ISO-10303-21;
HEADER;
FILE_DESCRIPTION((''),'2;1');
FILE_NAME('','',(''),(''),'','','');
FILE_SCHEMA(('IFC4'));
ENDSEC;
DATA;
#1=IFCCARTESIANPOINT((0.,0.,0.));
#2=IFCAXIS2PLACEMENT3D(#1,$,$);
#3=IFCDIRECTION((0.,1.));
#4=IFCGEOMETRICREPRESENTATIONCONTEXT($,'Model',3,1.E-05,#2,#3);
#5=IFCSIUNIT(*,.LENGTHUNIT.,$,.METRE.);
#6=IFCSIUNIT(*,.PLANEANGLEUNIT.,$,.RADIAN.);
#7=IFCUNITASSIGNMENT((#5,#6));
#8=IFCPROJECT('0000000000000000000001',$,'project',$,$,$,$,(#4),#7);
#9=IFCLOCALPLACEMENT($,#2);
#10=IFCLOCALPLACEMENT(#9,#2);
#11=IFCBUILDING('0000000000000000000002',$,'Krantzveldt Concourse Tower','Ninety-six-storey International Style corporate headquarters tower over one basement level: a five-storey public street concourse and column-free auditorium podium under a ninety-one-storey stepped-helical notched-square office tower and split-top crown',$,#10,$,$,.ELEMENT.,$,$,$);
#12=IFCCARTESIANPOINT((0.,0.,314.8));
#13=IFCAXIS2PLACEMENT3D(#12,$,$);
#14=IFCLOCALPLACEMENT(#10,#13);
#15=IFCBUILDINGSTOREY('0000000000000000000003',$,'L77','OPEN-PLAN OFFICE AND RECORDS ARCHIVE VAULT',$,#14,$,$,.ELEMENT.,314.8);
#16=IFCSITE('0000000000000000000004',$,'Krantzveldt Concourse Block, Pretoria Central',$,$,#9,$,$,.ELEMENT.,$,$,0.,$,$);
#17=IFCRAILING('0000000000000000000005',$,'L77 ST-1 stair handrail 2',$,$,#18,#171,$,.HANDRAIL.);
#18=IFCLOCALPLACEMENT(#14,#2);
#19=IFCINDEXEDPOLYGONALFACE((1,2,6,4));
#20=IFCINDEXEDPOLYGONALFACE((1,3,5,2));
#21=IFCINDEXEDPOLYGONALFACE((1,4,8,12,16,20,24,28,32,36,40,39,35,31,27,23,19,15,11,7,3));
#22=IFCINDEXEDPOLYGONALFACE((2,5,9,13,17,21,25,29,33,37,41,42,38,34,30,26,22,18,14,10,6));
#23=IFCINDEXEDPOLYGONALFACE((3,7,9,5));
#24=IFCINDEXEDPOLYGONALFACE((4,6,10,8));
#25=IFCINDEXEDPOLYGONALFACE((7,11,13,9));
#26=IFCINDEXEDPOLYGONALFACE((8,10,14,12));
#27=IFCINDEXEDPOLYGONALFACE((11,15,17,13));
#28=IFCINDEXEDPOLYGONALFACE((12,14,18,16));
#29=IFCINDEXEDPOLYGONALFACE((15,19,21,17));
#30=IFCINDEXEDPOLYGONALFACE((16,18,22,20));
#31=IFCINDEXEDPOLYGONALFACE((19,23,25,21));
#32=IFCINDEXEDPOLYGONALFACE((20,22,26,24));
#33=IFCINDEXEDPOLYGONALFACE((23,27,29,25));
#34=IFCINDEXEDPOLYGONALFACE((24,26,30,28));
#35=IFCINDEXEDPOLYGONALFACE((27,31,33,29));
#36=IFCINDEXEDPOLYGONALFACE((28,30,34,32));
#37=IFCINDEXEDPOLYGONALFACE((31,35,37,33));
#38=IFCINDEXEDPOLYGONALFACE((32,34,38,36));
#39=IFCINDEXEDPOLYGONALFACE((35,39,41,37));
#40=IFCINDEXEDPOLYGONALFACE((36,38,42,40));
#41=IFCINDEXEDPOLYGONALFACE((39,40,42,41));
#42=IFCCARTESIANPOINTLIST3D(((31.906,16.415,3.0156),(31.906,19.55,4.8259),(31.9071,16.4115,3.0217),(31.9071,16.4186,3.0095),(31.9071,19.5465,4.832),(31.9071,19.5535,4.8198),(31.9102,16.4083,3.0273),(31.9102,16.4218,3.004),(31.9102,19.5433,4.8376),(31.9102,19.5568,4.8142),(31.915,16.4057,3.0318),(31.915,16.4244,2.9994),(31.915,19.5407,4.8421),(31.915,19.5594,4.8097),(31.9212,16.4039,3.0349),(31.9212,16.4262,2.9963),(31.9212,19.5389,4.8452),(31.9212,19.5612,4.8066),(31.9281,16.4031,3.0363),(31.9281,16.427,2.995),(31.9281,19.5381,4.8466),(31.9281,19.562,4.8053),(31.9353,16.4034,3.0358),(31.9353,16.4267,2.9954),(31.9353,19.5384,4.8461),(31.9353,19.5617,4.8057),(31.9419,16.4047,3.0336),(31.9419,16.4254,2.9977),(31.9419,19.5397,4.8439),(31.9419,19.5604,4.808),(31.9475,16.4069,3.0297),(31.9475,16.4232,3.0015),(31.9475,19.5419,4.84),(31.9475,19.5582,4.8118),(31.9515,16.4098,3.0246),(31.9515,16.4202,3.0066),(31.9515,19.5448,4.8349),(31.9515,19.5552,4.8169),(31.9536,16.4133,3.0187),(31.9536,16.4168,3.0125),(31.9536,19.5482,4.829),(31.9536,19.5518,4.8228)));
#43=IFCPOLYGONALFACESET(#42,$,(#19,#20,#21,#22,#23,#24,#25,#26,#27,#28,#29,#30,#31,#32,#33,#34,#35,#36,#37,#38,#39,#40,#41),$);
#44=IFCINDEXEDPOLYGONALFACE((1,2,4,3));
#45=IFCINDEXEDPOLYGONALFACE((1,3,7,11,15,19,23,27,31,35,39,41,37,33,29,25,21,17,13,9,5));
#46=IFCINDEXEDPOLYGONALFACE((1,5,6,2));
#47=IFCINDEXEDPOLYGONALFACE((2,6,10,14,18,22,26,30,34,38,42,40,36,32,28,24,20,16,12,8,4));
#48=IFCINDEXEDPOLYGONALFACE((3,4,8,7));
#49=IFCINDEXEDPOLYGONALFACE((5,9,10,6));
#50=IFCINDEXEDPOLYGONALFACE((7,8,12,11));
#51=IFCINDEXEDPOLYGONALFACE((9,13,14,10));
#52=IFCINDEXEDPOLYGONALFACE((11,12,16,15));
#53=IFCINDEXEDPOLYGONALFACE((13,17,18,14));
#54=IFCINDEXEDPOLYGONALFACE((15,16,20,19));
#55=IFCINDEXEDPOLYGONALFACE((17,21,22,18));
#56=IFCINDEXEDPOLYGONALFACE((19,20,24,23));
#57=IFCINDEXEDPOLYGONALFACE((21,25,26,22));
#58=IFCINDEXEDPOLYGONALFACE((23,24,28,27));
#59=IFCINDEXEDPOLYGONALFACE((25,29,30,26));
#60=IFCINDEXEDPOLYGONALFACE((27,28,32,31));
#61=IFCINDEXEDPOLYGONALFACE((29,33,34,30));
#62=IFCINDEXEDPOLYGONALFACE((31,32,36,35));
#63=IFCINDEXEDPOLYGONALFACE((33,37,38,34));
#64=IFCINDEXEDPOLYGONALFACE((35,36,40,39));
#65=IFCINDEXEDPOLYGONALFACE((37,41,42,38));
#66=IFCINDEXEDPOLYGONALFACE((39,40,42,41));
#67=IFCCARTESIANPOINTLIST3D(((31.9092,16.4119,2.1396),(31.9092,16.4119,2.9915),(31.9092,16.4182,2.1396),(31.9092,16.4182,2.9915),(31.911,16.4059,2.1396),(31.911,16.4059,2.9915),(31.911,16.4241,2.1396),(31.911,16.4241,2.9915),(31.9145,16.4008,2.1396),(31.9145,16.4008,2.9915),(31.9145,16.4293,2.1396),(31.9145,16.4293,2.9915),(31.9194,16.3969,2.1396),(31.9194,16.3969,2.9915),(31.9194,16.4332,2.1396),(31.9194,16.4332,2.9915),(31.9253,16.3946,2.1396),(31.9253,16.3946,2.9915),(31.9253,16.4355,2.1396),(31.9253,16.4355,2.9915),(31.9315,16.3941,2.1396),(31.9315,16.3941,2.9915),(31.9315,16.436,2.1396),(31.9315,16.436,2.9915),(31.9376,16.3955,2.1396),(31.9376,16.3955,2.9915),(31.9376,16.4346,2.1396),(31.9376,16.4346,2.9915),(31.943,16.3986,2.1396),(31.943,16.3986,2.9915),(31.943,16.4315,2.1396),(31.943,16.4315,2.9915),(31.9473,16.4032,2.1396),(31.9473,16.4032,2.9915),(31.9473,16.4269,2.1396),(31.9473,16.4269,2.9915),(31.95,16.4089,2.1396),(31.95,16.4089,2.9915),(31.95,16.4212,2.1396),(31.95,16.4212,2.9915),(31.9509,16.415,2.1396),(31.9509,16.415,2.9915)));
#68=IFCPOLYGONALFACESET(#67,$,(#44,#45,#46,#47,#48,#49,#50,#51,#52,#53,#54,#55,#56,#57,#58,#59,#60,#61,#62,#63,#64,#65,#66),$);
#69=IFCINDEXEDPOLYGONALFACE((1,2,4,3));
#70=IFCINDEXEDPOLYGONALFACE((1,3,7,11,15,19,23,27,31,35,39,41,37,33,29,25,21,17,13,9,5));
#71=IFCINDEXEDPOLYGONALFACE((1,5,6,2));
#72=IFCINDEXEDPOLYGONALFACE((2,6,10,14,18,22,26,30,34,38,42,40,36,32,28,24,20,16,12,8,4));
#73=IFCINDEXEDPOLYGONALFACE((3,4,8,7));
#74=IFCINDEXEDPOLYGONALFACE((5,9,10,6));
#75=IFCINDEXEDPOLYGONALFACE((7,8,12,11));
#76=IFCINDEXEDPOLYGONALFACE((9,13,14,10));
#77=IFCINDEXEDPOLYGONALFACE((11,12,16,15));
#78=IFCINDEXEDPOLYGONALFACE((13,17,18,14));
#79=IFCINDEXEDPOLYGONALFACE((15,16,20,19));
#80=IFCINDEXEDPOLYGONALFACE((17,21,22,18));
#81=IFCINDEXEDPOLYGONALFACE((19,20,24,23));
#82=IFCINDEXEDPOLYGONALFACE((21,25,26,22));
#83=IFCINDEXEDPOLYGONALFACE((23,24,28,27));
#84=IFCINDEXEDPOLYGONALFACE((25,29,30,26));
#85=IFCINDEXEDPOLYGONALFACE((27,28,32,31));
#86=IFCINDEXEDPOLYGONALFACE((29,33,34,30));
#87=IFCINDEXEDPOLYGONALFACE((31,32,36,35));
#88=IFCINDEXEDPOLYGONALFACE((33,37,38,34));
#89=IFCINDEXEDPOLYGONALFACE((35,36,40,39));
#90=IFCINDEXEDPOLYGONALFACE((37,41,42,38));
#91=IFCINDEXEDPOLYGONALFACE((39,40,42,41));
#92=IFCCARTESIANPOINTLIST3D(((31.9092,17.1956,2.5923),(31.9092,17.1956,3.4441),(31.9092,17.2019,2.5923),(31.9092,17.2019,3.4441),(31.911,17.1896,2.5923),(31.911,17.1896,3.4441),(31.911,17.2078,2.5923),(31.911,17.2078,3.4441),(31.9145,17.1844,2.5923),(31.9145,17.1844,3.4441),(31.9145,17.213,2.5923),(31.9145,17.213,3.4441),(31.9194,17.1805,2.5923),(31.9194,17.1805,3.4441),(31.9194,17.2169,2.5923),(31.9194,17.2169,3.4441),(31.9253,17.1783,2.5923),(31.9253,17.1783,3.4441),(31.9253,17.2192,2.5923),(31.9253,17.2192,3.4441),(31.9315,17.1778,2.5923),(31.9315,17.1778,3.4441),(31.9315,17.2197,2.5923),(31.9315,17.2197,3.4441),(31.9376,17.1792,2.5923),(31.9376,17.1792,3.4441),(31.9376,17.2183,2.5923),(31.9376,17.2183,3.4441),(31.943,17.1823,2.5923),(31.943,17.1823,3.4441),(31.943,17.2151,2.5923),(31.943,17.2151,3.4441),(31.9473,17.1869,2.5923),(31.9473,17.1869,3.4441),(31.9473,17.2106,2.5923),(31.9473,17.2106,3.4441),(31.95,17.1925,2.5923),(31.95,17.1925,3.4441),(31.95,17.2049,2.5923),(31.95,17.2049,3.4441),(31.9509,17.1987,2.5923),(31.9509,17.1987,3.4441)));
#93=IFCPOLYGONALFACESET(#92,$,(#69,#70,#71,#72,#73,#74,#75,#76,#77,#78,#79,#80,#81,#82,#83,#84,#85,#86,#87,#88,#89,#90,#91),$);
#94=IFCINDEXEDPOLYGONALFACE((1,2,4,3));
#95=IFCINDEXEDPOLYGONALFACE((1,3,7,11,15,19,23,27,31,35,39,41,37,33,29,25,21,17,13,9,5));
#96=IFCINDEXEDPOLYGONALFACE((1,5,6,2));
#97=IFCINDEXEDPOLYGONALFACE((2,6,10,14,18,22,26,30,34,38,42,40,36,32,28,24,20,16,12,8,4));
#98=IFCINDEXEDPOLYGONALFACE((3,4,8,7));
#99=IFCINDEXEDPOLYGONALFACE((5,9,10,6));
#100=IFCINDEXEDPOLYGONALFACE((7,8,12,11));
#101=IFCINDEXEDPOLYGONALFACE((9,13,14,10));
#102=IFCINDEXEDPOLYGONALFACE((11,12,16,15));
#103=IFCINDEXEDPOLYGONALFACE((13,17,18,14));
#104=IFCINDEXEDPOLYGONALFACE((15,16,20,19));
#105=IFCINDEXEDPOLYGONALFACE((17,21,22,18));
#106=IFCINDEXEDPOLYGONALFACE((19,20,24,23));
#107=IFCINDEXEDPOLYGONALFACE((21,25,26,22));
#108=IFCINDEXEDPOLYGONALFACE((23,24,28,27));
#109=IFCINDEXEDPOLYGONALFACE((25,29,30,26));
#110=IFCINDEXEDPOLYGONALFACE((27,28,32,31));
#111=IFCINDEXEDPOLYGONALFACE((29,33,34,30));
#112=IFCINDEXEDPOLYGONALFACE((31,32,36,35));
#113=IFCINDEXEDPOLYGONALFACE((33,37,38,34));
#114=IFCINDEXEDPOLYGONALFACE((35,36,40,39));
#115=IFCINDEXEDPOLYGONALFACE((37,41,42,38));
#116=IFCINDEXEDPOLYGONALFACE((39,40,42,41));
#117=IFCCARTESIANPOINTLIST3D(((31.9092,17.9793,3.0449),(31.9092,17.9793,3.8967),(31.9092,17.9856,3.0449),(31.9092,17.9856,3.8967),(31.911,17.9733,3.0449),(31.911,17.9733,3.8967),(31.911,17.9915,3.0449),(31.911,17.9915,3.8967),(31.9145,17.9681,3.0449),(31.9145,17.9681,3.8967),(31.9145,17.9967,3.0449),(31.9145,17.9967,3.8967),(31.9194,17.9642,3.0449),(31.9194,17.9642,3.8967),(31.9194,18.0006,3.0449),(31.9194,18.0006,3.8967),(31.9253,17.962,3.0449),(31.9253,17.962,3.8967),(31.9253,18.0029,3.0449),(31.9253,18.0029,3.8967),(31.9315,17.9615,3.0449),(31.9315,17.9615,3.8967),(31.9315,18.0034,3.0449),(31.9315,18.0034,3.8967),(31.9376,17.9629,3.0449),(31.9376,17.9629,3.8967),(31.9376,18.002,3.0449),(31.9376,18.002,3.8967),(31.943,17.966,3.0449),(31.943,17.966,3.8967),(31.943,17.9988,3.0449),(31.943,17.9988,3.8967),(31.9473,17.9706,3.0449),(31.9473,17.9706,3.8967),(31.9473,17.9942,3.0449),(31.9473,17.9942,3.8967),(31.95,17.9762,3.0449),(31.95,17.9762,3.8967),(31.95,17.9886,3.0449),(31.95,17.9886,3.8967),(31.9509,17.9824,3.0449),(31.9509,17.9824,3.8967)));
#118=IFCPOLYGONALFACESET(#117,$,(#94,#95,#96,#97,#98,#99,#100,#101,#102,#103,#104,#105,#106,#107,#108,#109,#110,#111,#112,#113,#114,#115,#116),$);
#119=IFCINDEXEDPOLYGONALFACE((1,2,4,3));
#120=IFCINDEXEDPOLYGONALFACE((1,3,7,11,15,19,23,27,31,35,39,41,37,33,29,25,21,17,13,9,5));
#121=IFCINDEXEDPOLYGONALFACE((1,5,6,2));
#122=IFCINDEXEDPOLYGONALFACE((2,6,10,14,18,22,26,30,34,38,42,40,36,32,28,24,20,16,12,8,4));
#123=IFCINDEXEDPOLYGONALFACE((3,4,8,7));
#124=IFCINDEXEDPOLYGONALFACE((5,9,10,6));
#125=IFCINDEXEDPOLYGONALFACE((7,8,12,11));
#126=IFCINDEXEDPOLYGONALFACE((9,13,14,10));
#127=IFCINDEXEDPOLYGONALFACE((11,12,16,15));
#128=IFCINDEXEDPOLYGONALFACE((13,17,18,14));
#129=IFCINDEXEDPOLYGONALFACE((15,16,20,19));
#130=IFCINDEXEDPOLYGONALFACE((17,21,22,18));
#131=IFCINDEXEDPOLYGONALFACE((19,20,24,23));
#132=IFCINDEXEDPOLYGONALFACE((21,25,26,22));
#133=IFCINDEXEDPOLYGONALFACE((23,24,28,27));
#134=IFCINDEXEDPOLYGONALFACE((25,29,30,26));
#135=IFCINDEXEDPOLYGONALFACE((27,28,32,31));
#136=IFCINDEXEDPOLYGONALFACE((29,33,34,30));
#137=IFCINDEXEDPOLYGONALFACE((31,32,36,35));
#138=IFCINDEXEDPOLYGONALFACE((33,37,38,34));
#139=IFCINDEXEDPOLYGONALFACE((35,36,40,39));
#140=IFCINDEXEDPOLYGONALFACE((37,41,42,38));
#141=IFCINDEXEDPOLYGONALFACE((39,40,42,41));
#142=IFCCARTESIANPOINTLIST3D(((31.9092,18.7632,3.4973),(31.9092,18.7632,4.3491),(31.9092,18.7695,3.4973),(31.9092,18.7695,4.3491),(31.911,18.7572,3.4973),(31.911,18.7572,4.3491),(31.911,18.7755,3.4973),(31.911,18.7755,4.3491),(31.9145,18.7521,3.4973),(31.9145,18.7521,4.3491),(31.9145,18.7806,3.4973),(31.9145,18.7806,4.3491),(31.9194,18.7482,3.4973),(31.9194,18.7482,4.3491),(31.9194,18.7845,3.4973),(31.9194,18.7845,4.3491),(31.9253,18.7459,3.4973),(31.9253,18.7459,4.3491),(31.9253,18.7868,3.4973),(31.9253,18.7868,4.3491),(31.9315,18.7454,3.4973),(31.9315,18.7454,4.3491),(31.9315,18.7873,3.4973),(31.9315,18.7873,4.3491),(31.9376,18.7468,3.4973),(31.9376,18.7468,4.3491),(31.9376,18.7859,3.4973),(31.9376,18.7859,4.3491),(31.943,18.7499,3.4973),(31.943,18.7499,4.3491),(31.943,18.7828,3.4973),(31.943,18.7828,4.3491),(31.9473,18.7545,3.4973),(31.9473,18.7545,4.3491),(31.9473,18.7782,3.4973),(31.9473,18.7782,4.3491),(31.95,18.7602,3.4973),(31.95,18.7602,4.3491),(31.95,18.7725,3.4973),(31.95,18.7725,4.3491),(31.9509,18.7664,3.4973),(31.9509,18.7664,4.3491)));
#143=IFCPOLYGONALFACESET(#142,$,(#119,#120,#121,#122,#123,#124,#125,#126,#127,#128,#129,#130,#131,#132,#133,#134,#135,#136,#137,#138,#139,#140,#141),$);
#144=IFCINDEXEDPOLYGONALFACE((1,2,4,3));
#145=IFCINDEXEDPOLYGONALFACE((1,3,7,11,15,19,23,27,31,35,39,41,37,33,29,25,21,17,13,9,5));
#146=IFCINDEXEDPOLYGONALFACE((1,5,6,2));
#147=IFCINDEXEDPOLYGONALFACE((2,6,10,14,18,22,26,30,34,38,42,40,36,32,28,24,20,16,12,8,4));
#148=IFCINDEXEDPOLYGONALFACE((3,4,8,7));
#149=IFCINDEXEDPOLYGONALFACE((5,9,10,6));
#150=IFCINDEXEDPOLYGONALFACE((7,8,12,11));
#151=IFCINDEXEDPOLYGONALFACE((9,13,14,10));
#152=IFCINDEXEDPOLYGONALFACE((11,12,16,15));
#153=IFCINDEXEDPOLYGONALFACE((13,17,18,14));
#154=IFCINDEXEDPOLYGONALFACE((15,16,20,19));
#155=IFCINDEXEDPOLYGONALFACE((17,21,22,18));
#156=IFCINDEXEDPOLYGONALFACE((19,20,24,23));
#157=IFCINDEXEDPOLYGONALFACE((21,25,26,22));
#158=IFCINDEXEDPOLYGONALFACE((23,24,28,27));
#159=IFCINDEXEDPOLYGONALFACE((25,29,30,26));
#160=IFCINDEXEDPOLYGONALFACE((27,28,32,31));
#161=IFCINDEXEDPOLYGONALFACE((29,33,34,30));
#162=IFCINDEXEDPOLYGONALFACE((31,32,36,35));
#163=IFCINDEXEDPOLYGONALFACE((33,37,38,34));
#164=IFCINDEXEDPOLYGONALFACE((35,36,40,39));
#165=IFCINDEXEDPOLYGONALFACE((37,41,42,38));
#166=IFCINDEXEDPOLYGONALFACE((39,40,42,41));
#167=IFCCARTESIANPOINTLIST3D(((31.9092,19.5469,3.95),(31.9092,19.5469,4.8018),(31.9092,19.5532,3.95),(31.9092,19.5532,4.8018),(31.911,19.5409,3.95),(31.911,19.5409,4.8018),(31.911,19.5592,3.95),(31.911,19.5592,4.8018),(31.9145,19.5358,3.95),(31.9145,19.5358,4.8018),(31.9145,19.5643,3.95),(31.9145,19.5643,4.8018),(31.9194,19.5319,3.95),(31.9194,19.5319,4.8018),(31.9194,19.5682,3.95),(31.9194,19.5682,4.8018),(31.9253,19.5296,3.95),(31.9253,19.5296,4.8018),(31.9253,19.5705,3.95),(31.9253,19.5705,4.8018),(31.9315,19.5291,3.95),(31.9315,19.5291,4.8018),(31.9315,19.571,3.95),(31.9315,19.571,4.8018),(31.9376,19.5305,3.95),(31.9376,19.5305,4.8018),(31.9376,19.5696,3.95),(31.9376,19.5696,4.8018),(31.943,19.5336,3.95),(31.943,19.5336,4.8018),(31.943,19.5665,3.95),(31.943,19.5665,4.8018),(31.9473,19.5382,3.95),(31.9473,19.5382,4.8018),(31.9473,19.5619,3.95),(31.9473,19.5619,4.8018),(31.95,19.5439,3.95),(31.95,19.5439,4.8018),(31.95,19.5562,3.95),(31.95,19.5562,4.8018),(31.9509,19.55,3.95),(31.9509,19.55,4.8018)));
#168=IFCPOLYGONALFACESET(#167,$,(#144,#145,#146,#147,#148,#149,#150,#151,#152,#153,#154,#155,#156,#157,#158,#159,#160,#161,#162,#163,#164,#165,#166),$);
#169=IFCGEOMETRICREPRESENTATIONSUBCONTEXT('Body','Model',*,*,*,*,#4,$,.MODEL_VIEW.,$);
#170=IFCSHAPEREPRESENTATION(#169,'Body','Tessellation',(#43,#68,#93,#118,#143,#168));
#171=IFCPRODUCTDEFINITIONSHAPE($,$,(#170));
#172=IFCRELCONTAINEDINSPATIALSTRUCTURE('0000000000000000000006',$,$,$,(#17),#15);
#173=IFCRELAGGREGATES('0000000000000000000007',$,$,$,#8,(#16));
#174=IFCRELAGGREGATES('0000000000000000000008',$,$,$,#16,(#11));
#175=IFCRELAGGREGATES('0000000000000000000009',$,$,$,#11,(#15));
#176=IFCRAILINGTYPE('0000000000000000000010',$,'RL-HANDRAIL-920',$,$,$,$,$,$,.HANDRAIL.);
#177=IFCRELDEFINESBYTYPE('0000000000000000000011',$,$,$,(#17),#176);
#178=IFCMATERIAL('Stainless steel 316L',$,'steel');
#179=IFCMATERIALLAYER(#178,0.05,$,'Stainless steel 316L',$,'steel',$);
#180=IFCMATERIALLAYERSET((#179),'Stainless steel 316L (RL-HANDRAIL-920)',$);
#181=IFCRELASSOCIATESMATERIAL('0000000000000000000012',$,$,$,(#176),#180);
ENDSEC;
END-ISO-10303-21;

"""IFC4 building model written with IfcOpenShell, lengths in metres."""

from ifc_helpers import new_model, si_unit, direction, frame, origin, origin_2d, place, context, subcontext, project, spatial, circle, extrude, material, layer, layer_set, type_object, element, save


model = new_model("IFC4")

# Units and contexts
model_context = context("Model", 3, precision=1e-05, world=origin(), true_north=direction((0.0, 1.0)))
body_context = subcontext(model_context, "Body", "Model", "MODEL_VIEW")
ifc_project = project(units=[si_unit("LENGTHUNIT", "METRE"), si_unit("PLANEANGLEUNIT", "RADIAN")], contexts=[model_context])

# Site, building, storey
site_placement = place(None, origin())
site = spatial("IfcSite", under=ifc_project, at=site_placement, Name="Krantzveldt Concourse Block, Pretoria Central", CompositionType="ELEMENT", RefElevation=0.0)
building_placement = place(site_placement, origin())
building = spatial("IfcBuilding", under=site, at=building_placement, Name="Krantzveldt Concourse Tower", Description="Ninety-six-storey International Style corporate headquarters tower over one basement level: a five-storey public street concourse and column-free auditorium podium under a ninety-one-storey stepped-helical notched-square office tower and split-top crown", CompositionType="ELEMENT")
storey_placement = place(building_placement, frame((0.0, 0.0, 314.8)))
storey = spatial("IfcBuildingStorey", under=building, at=storey_placement, Name="L77", Description="OPEN-PLAN OFFICE AND RECORDS ARCHIVE VAULT", CompositionType="ELEMENT", Elevation=314.8)

# Shared definitions
ifc_material_1 = material(Name="Stainless steel 316L", Category="steel")

# Railing
ifc_layer_1 = layer(ifc_material_1, 0.05, Name="Stainless steel 316L", Category="steel")
ifc_layer_set_1 = layer_set([ifc_layer_1], Name="Stainless steel 316L (RL-HANDRAIL-920)")
railing_type_1 = type_object("IfcRailingType", Name="RL-HANDRAIL-920", PredefinedType="HANDRAIL", material=ifc_layer_set_1)
railing_1_placement = place(storey_placement, frame((31.9299, 16.415, 2.1396)))
element("IfcRailing", 1, at=railing_1_placement, inside=storey, type_object=railing_type_1, Name="L77 ST-1 stair handrail 2", PredefinedType="HANDRAIL", context=body_context, shape_type="SweptSolid", body=[
    extrude(circle(Radius=0.0239, at=origin_2d()), frame((0.0, 0.0, 0.876), z_axis=(0.0, 0.865989, 0.500063), x_axis=(-1.0, 0.0, 0.0)), (0.0, 0.0, 1.0), 3.6201),
    extrude(circle(Radius=0.021, at=origin_2d()), origin(), (0.0, 0.0, 1.0), 0.8518),
    extrude(circle(Radius=0.021, at=origin_2d()), frame((0.0, 0.7837, 0.4526)), (0.0, 0.0, 1.0), 0.8518),
    extrude(circle(Radius=0.021, at=origin_2d()), frame((0.0, 1.5674, 0.9053)), (0.0, 0.0, 1.0), 0.8518),
    extrude(circle(Radius=0.021, at=origin_2d()), frame((0.0, 2.3513, 1.3577)), (0.0, 0.0, 1.0), 0.8518),
    extrude(circle(Radius=0.021, at=origin_2d()), frame((0.0, 3.135, 1.8103)), (0.0, 0.0, 1.0), 0.8518),
])

save(model, "model.ifc")
